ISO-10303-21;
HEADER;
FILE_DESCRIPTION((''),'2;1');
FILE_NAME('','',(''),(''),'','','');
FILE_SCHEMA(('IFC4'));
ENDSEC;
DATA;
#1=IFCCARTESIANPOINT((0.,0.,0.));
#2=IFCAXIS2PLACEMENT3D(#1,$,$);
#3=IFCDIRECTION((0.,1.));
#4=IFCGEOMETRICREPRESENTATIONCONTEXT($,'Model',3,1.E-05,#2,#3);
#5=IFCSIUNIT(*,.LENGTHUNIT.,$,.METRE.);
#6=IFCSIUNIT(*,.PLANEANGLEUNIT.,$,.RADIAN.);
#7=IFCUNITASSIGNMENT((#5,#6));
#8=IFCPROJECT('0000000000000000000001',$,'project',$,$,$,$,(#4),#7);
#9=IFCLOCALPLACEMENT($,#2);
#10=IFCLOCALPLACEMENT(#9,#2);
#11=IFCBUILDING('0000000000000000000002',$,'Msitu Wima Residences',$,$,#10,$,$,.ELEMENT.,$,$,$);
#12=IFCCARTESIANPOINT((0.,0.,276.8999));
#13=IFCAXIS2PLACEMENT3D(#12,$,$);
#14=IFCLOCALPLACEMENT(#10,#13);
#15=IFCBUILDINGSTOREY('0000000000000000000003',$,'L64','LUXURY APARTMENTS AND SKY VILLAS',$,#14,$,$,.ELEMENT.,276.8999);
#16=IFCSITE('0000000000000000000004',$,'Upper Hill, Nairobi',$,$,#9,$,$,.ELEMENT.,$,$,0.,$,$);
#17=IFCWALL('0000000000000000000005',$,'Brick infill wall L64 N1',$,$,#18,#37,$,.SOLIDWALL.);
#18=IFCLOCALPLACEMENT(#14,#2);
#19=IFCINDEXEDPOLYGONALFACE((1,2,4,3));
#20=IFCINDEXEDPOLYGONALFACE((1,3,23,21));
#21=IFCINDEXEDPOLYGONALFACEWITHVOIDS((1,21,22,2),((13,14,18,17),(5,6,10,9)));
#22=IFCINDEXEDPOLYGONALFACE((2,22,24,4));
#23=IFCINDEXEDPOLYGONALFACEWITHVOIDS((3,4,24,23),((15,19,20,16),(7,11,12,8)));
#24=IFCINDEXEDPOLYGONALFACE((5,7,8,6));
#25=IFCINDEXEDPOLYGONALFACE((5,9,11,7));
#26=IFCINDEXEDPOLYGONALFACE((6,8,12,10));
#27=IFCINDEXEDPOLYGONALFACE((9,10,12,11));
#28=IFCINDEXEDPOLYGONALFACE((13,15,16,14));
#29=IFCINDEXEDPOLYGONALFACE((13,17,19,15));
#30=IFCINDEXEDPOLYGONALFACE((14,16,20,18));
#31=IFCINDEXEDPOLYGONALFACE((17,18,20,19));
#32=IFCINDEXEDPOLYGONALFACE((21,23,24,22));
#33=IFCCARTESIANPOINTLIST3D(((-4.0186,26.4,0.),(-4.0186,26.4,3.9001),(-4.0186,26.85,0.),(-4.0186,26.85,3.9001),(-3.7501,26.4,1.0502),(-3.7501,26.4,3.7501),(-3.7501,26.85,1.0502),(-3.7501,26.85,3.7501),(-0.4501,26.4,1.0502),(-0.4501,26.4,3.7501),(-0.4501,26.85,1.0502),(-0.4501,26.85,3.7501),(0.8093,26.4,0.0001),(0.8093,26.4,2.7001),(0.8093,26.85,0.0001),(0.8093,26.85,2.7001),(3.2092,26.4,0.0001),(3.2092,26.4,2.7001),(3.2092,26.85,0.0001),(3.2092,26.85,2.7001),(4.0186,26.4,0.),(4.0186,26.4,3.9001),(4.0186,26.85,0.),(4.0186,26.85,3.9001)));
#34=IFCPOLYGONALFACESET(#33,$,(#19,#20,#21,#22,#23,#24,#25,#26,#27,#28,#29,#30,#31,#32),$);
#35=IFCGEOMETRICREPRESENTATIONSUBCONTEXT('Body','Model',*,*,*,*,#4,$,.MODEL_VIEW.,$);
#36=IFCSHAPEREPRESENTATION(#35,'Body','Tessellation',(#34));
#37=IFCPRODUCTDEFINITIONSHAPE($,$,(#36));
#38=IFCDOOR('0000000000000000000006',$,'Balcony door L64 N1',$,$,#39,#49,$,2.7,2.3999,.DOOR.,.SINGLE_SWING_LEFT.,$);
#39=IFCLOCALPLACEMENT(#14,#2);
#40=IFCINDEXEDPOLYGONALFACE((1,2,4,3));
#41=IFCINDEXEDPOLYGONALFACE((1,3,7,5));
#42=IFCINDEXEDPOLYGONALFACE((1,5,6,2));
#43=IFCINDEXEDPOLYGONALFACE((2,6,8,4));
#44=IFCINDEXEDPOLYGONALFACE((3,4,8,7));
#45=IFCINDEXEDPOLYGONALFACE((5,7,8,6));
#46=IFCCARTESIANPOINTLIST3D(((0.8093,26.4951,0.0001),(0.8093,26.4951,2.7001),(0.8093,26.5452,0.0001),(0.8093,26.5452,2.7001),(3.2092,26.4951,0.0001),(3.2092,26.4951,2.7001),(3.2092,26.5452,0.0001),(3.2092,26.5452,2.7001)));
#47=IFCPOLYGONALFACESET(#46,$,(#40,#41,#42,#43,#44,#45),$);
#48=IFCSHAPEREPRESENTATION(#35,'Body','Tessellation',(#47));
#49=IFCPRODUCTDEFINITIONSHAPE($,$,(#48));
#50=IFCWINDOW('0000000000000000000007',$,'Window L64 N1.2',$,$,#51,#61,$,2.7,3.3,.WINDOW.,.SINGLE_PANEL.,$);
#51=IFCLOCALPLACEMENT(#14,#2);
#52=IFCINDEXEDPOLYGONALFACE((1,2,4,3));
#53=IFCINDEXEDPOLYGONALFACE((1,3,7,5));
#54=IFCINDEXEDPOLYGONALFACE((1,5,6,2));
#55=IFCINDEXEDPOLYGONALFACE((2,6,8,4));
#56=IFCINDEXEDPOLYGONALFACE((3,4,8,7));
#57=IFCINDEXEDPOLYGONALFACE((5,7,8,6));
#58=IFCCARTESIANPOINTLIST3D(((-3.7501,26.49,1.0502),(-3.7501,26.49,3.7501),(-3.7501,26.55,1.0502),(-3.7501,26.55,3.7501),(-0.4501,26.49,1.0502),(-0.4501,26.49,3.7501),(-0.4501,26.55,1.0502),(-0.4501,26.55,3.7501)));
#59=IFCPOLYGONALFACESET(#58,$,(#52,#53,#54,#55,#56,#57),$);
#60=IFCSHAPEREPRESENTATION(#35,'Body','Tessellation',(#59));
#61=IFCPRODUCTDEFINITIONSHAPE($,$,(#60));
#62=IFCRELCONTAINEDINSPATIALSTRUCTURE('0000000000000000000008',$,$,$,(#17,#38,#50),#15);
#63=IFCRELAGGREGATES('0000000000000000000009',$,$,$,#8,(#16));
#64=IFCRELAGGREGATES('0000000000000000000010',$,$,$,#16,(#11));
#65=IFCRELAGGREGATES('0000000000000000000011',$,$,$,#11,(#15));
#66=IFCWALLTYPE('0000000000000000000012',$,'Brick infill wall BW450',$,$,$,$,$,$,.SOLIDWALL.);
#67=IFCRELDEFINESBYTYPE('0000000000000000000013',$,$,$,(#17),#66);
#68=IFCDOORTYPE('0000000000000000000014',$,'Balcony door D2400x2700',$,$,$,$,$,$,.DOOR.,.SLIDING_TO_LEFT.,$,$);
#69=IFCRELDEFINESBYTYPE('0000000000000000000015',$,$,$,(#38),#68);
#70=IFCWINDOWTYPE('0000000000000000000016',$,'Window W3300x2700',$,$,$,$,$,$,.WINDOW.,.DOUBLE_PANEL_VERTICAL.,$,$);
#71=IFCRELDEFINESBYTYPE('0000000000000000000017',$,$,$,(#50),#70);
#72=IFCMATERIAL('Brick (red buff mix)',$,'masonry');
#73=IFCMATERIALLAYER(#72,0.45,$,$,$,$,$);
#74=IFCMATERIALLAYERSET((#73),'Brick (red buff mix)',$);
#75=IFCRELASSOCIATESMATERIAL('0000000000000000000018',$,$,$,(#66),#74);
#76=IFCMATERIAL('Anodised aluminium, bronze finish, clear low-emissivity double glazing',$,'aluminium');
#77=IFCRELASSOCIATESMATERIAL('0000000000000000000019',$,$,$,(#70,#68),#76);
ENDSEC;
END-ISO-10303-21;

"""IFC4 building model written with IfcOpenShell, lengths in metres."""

from ifc_helpers import new_model, si_unit, direction, frame, frame_2d, origin, place, context, subcontext, project, spatial, rectangle, extrude, material, layer, layer_set, type_object, element, fill, save


model = new_model("IFC4")

# Units and contexts
model_context = context("Model", 3, precision=1e-05, world=origin(), true_north=direction((0.0, 1.0)))
body_context = subcontext(model_context, "Body", "Model", "MODEL_VIEW")
ifc_project = project(units=[si_unit("LENGTHUNIT", "METRE"), si_unit("PLANEANGLEUNIT", "RADIAN")], contexts=[model_context])

# Site, building, storey
site_placement = place(None, origin())
site = spatial("IfcSite", under=ifc_project, at=site_placement, Name="Upper Hill, Nairobi", CompositionType="ELEMENT", RefElevation=0.0)
building_placement = place(site_placement, origin())
building = spatial("IfcBuilding", under=site, at=building_placement, Name="Msitu Wima Residences", CompositionType="ELEMENT")
storey_placement = place(building_placement, frame((0.0, 0.0, 276.8999)))
storey = spatial("IfcBuildingStorey", under=building, at=storey_placement, Name="L64", Description="LUXURY APARTMENTS AND SKY VILLAS", CompositionType="ELEMENT", Elevation=276.8999)

# Shared definitions
ifc_material_1 = material(Name="Brick (red buff mix)", Category="masonry")
ifc_layer_1 = layer(ifc_material_1, 0.45)
ifc_layer_set_1 = layer_set([ifc_layer_1], Name="Brick (red buff mix)")
wall_type_1 = type_object("IfcWallType", Name="Brick infill wall BW450", PredefinedType="SOLIDWALL", material=ifc_layer_set_1)
ifc_material_2 = material(Name="Anodised aluminium, bronze finish, clear low-emissivity double glazing", Category="aluminium")
window_type = type_object("IfcWindowType", Name="Window W3300x2700", PartitioningType="DOUBLE_PANEL_VERTICAL", PredefinedType="WINDOW", material=ifc_material_2)

# Wall, openings, door, window
wall_1_placement = place(storey_placement, frame((4.0186, 26.625, 0.0), z_axis=(0.0, 0.0, 1.0), x_axis=(-1.0, 0.0, 0.0)))
wall_1 = element("IfcWall", 1, at=wall_1_placement, inside=storey, type_object=wall_type_1, Name="Brick infill wall L64 N1", PredefinedType="SOLIDWALL", context=body_context, shape_type="SweptSolid", body=[
    extrude(rectangle(XDim=8.0371, YDim=0.45, at=frame_2d((4.0186, 0.0))), origin(), (0.0, 0.0, 1.0), 3.9001),
])
opening_1_placement = place(wall_1_placement, frame((0.8093, 0.0, 0.0)))
opening_1 = element("IfcOpeningElement", 2, at=opening_1_placement, cuts=wall_1, PredefinedType="OPENING", context=body_context, shape_type="SweptSolid", body=[
    extrude(rectangle(XDim=2.3999, YDim=2.7, at=frame_2d((1.2, 1.3501))), frame((0.0, 0.2349, 0.0), z_axis=(0.0, -1.0, 0.0), x_axis=(1.0, 0.0, 0.0)), (0.0, 0.0, 1.0), 0.47),
])
opening_2_placement = place(wall_1_placement, frame((4.4688, 0.0, 1.05)))
opening_2 = element("IfcOpeningElement", 3, at=opening_2_placement, cuts=wall_1, PredefinedType="OPENING", context=body_context, shape_type="SweptSolid", body=[
    extrude(rectangle(XDim=3.3, YDim=2.7, at=frame_2d((1.6499, 1.3501))), frame((0.0, 0.2349, 0.0), z_axis=(0.0, -1.0, 0.0), x_axis=(1.0, 0.0, 0.0)), (0.0, 0.0, 1.0), 0.47),
])
door_type = type_object("IfcDoorType", Name="Balcony door D2400x2700", OperationType="SLIDING_TO_LEFT", PredefinedType="DOOR", material=ifc_material_2)
door_placement = place(opening_1_placement, origin())
door = element("IfcDoor", 4, at=door_placement, inside=storey, type_object=door_type, Name="Balcony door L64 N1", OperationType="SINGLE_SWING_LEFT", OverallHeight=2.7, OverallWidth=2.3999, PredefinedType="DOOR", context=body_context, shape_type="SweptSolid", body=[
    extrude(rectangle(XDim=2.3999, YDim=2.7, at=frame_2d((1.2, 1.3501))), frame((0.0, 0.1299, 0.0), z_axis=(0.0, -1.0, 0.0), x_axis=(1.0, 0.0, 0.0)), (0.0, 0.0, 1.0), 0.05),
])
fill(opening_1, door)
window_1_placement = place(opening_2_placement, origin())
window_1 = element("IfcWindow", 5, at=window_1_placement, inside=storey, type_object=window_type, Name="Window L64 N1.2", OverallHeight=2.7, OverallWidth=3.3, PartitioningType="SINGLE_PANEL", PredefinedType="WINDOW", context=body_context, shape_type="SweptSolid", body=[
    extrude(rectangle(XDim=3.3, YDim=2.7, at=frame_2d((1.6499, 1.3501))), frame((0.0, 0.135, 0.0), z_axis=(0.0, -1.0, 0.0), x_axis=(1.0, 0.0, 0.0)), (0.0, 0.0, 1.0), 0.0601),
])
fill(opening_2, window_1)

save(model, "model.ifc")
